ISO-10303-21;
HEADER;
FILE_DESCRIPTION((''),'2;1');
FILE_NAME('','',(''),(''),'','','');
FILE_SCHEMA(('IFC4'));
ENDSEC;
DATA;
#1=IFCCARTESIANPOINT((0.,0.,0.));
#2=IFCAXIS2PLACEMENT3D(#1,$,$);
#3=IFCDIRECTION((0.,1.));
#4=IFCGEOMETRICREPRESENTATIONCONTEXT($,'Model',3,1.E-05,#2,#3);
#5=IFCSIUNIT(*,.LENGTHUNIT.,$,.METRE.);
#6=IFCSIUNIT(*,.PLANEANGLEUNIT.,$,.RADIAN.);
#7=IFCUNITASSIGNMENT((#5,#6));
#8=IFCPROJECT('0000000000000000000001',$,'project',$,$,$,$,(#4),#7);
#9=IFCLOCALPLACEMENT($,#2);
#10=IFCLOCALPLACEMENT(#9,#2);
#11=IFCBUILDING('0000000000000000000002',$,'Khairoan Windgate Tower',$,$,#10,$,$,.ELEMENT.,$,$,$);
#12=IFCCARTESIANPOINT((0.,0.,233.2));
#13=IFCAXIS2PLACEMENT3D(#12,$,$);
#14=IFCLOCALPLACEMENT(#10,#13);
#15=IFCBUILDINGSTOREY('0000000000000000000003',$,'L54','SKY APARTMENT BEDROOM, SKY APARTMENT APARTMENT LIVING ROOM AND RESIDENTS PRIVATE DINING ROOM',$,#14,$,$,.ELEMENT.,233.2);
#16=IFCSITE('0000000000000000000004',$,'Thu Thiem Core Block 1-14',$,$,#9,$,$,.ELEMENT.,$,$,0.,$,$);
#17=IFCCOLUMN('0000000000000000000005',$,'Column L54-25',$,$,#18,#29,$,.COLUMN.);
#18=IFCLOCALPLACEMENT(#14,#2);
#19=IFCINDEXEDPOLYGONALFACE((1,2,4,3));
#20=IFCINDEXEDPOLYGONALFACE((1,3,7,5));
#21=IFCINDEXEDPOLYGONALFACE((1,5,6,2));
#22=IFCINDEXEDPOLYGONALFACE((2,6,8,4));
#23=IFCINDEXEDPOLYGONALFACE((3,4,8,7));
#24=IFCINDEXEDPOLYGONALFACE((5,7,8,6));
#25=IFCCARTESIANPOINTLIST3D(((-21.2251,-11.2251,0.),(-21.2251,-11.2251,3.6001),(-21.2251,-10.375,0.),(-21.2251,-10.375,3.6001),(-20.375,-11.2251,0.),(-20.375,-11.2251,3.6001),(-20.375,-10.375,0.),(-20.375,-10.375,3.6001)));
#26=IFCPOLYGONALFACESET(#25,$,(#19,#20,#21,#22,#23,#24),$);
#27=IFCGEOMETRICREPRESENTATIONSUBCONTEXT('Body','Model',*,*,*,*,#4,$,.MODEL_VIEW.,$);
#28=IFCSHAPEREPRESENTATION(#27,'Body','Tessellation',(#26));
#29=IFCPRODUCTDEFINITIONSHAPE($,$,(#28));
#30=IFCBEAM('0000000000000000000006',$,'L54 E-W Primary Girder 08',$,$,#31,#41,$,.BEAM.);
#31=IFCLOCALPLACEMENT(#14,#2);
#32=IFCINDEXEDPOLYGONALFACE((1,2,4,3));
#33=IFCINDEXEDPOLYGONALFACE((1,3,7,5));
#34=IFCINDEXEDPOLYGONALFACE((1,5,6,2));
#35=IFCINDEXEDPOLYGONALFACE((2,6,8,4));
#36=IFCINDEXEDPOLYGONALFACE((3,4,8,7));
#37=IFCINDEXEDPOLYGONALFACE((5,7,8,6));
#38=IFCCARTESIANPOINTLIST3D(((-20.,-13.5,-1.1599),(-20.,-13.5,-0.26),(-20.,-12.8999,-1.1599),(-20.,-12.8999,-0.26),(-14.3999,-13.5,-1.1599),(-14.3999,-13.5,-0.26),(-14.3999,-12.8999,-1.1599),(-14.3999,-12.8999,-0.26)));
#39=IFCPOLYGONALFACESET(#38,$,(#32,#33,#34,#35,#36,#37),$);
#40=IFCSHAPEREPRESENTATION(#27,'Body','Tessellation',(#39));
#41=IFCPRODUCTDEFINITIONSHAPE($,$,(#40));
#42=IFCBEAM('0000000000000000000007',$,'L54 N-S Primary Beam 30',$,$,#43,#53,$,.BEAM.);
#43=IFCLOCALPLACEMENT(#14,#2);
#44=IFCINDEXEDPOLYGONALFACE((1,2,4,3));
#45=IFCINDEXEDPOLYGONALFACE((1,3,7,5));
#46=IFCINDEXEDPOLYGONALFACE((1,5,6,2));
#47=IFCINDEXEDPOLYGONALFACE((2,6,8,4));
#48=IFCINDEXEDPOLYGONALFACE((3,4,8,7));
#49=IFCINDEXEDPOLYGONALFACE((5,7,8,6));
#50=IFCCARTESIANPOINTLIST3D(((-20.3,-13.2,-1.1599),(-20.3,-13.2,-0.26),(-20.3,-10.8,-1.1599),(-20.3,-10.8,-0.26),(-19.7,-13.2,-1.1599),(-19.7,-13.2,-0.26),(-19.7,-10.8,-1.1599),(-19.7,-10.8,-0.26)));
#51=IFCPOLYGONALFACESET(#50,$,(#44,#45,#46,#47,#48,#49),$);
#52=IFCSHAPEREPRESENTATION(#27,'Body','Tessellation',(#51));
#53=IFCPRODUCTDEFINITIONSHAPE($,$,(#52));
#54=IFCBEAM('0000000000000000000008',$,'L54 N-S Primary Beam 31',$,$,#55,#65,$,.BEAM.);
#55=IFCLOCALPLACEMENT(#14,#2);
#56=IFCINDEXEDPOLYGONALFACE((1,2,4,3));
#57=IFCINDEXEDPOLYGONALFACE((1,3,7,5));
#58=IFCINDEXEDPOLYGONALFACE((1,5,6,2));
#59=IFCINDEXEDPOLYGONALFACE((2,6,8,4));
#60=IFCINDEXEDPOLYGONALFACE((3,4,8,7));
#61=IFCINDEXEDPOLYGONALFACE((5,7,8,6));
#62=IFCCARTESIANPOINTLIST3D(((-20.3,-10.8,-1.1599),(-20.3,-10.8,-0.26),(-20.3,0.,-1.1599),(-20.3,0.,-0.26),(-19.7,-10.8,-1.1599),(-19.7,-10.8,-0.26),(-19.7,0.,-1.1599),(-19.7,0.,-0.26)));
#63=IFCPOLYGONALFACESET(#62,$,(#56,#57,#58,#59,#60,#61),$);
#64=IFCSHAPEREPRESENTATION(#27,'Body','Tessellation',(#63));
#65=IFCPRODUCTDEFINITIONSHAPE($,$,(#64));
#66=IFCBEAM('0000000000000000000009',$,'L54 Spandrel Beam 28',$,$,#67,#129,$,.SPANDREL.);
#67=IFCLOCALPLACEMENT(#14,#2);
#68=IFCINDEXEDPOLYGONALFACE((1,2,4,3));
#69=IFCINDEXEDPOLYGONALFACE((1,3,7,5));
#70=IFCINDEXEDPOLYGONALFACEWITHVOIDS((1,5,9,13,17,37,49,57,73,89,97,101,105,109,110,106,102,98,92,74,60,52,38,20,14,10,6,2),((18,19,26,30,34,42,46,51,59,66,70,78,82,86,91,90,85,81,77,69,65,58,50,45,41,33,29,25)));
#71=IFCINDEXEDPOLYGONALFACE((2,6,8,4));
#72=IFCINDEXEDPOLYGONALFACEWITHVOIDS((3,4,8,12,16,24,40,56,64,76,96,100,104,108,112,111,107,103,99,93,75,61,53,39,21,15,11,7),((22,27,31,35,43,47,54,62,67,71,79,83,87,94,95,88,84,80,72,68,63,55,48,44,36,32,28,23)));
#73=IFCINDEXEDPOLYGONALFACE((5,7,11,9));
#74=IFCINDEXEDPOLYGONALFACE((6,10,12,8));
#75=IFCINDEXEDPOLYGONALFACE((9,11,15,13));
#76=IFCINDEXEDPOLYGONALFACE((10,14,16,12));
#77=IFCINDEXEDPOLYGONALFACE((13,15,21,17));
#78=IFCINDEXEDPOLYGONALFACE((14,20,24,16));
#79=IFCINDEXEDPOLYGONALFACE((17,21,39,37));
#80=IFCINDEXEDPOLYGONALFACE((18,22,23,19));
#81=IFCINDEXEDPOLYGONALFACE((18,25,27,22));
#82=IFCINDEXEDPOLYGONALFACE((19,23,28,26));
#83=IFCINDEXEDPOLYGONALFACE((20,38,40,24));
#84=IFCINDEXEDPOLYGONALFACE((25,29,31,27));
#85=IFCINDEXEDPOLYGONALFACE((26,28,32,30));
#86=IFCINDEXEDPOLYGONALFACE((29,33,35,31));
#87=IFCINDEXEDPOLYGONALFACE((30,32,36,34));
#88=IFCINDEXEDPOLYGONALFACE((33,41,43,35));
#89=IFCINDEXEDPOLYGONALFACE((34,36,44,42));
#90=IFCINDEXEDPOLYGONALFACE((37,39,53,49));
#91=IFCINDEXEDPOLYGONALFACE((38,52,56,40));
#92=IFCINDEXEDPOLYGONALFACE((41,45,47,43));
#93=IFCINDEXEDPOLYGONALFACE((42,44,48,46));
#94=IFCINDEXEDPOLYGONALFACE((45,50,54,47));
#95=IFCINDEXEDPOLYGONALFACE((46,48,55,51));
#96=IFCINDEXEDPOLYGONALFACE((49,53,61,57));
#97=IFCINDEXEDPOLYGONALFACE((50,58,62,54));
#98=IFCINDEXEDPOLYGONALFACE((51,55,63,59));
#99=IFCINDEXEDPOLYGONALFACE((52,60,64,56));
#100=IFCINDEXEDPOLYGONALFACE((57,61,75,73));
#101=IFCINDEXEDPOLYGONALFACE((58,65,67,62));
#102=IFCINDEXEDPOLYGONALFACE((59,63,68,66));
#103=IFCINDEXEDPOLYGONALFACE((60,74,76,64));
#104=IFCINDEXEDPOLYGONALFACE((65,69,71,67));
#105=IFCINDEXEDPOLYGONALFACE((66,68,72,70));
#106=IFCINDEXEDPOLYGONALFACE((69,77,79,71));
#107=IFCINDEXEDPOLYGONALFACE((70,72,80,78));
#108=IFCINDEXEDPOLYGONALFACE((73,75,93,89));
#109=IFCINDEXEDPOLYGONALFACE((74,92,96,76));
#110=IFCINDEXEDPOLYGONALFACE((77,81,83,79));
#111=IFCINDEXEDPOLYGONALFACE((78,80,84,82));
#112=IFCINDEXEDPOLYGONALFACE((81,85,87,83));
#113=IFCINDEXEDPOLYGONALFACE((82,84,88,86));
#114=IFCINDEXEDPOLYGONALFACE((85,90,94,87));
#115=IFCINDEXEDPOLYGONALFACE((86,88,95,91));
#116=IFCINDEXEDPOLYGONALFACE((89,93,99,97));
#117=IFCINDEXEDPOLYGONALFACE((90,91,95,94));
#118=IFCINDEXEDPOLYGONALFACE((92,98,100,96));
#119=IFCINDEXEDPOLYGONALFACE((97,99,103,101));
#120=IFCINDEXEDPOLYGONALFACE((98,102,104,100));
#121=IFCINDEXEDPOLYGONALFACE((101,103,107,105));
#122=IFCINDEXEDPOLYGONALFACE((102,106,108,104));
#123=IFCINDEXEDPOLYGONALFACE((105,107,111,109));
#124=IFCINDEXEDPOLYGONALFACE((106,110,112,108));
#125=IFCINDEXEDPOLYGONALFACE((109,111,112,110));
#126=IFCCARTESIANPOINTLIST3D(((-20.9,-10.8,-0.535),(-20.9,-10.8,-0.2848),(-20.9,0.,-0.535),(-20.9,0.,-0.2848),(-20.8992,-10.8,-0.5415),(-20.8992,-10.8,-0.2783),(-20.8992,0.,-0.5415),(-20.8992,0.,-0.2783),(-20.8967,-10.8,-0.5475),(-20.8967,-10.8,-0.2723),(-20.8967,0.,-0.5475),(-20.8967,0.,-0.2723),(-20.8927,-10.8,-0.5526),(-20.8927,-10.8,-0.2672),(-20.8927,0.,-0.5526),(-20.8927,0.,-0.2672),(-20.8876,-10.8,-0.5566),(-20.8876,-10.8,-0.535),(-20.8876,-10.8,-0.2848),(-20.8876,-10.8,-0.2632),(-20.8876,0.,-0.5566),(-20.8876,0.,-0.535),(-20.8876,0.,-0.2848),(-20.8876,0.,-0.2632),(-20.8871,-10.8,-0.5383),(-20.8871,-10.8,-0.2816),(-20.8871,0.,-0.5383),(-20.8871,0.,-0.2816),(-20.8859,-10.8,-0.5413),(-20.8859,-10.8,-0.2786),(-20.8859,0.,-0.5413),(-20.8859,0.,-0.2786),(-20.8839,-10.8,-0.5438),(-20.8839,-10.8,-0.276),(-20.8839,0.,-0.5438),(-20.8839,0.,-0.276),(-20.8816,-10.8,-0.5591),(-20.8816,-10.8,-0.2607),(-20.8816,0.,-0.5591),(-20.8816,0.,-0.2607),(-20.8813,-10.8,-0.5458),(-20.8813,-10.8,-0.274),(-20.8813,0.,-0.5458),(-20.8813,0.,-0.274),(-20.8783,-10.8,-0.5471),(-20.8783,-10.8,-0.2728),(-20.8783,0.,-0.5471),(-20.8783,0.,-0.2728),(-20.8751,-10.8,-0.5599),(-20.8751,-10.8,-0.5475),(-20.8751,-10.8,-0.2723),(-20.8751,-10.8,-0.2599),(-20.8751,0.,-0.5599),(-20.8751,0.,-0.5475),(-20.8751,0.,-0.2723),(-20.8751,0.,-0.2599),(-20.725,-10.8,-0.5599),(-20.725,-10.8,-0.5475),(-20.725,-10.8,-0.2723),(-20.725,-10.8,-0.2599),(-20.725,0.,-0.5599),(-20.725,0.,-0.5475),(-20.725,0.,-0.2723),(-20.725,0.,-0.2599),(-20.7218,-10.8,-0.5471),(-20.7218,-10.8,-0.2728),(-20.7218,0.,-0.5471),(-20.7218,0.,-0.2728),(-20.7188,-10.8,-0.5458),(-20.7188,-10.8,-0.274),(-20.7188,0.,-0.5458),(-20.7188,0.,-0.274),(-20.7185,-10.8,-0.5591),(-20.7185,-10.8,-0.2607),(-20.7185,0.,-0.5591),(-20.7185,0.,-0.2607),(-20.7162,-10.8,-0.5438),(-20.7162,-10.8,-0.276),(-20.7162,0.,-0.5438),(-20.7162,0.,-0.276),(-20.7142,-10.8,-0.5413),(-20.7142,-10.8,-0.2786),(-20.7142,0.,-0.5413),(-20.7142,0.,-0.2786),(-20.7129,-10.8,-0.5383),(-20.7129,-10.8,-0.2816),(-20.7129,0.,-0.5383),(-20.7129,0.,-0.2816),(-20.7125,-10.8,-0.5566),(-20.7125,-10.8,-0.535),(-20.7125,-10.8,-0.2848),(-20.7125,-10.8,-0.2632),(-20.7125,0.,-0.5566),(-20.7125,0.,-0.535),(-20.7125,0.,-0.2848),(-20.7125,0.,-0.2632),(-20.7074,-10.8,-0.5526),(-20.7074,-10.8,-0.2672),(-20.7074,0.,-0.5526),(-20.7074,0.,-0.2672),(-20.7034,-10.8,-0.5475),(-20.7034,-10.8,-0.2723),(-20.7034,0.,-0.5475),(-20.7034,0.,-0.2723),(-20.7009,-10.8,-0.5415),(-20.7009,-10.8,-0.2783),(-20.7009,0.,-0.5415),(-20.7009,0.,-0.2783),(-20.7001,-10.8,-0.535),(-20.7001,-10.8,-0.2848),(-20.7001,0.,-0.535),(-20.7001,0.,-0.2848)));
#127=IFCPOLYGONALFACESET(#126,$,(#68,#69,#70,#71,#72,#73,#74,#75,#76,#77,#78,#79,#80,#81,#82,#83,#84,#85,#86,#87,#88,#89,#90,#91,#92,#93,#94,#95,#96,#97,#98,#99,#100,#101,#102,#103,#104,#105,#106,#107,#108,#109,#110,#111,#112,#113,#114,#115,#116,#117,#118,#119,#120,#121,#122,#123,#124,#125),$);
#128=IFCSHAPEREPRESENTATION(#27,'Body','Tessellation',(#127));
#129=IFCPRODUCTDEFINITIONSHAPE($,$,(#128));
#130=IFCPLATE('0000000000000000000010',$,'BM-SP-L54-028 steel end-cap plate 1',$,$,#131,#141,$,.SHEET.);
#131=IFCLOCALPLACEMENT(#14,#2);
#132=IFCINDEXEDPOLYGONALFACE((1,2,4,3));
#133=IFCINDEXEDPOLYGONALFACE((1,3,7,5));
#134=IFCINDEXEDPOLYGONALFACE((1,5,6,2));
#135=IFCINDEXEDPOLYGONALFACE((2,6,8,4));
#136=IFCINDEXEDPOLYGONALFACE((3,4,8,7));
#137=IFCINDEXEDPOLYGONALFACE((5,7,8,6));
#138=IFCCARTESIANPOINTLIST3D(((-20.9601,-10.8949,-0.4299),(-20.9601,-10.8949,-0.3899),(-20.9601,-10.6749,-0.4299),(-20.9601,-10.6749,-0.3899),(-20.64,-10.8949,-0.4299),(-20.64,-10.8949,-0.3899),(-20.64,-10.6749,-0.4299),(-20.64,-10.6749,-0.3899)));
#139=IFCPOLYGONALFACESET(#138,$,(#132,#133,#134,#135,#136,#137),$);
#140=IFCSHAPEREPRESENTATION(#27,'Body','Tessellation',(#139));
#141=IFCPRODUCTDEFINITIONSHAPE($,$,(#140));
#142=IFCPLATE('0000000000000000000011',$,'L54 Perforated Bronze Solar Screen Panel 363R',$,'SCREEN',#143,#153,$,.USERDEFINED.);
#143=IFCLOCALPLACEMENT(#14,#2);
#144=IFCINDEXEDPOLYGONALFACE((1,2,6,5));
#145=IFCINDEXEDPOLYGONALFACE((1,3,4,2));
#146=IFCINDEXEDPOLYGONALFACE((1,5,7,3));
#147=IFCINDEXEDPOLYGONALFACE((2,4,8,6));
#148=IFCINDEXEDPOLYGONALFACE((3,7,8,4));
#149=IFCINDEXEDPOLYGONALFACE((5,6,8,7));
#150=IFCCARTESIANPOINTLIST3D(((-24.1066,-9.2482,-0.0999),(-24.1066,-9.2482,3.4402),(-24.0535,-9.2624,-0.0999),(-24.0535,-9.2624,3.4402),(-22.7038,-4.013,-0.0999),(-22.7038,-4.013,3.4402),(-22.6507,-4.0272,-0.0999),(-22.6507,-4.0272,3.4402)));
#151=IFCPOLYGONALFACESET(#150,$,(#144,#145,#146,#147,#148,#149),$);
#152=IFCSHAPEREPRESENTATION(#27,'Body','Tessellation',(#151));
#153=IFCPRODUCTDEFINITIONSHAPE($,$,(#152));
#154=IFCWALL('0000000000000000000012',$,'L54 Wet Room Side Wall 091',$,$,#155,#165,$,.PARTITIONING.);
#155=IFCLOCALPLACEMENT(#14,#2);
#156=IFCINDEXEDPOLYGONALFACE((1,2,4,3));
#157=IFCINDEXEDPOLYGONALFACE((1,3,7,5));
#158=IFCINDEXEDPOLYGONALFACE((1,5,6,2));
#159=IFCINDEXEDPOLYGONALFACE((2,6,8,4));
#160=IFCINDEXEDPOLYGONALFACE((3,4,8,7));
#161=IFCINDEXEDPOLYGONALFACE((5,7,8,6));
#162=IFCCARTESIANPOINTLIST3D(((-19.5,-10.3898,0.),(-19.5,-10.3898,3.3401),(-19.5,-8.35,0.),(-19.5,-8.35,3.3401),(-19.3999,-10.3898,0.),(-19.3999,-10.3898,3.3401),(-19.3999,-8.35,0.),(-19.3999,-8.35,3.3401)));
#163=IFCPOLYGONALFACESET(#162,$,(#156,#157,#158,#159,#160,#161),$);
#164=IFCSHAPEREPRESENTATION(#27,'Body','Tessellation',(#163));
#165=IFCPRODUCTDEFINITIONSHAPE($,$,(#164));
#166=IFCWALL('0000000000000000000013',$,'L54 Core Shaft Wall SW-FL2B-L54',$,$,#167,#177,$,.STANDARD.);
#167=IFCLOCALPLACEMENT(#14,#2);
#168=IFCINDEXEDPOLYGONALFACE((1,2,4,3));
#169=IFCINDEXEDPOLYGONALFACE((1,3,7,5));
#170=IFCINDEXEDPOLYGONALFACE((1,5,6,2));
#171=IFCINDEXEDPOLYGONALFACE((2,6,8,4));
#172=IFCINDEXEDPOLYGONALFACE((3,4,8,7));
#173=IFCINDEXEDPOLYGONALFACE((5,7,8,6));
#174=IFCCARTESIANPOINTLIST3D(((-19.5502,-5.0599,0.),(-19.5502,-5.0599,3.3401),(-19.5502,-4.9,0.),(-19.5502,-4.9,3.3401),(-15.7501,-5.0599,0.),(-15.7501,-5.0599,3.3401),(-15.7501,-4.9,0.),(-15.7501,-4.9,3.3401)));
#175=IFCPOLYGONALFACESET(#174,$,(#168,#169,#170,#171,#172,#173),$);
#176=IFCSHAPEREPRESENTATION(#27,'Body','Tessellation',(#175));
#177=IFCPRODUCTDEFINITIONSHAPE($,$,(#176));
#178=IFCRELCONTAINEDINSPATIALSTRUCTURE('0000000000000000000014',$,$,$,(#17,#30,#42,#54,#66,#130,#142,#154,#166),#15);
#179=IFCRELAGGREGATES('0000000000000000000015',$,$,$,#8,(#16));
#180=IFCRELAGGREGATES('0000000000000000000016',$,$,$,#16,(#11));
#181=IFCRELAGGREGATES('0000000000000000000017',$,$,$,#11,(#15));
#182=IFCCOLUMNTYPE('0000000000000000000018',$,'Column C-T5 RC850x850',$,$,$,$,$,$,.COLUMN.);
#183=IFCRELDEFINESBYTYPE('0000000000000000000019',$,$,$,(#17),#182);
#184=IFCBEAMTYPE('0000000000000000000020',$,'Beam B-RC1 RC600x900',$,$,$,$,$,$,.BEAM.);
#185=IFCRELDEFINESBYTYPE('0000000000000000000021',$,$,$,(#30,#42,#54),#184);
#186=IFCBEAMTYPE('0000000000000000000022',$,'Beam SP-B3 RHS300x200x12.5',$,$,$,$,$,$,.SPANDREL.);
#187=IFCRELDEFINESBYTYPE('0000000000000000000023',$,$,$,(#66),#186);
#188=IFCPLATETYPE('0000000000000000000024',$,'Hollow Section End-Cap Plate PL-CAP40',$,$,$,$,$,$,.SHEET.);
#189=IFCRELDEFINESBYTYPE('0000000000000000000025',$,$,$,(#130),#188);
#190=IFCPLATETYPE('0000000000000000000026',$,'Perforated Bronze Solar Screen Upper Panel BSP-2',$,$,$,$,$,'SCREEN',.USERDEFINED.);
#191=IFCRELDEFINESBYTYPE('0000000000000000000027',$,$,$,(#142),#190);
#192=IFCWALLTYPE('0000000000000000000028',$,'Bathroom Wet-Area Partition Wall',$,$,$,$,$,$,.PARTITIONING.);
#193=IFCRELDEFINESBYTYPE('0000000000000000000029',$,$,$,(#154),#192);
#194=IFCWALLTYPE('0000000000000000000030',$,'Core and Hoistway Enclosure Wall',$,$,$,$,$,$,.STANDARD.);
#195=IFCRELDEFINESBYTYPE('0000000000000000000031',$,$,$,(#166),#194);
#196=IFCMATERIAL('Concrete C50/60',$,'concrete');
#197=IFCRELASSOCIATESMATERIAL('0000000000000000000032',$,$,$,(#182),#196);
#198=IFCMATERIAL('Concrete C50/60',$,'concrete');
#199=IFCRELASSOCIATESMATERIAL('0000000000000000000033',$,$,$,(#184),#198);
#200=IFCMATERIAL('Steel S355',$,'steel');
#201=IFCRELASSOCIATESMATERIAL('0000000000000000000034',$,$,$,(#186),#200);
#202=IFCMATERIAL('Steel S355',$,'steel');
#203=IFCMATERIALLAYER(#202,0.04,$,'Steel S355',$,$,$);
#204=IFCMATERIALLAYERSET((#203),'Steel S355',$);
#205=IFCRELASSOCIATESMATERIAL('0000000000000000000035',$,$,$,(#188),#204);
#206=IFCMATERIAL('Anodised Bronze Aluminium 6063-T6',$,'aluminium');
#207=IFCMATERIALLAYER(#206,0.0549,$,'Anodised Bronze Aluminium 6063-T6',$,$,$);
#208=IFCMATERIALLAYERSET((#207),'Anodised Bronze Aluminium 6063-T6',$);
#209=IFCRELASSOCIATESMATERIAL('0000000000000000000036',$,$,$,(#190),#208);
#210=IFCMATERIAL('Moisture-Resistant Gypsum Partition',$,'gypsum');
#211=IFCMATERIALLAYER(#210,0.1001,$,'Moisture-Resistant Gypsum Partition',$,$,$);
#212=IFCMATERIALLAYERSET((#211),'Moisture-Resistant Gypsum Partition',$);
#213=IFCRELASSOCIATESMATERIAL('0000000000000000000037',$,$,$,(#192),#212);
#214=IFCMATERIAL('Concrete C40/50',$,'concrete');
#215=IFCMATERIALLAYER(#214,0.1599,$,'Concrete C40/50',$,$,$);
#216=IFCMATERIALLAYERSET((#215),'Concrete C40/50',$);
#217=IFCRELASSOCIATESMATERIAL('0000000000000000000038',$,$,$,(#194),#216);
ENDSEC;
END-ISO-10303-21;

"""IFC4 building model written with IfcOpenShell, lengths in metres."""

from ifc_helpers import new_model, si_unit, direction, frame, frame_2d, origin, origin_2d, place, context, subcontext, project, spatial, rectangle, hollow_rectangle, extrude, material, layer, layer_set, material_profile, profile_set, type_object, element, save


model = new_model("IFC4")

# Units and contexts
model_context = context("Model", 3, precision=1e-05, world=origin(), true_north=direction((0.0, 1.0)))
body_context = subcontext(model_context, "Body", "Model", "MODEL_VIEW")
ifc_project = project(units=[si_unit("LENGTHUNIT", "METRE"), si_unit("PLANEANGLEUNIT", "RADIAN")], contexts=[model_context])

# Site, building, storey
site_placement = place(None, origin())
site = spatial("IfcSite", under=ifc_project, at=site_placement, Name="Thu Thiem Core Block 1-14", CompositionType="ELEMENT", RefElevation=0.0)
building_placement = place(site_placement, origin())
building = spatial("IfcBuilding", under=site, at=building_placement, Name="Khairoan Windgate Tower", CompositionType="ELEMENT")
storey_placement = place(building_placement, frame((0.0, 0.0, 233.2)))
storey = spatial("IfcBuildingStorey", under=building, at=storey_placement, Name="L54", Description="SKY APARTMENT BEDROOM, SKY APARTMENT APARTMENT LIVING ROOM AND RESIDENTS PRIVATE DINING ROOM", CompositionType="ELEMENT", Elevation=233.2)

# Column
ifc_material_1 = material(Name="Concrete C50/60", Category="concrete")
ifc_material_profile_1 = material_profile(ifc_material_1, rectangle(XDim=0.8501, YDim=0.8501, at=origin_2d()))
ifc_profile_set_1 = profile_set([ifc_material_profile_1], Name="Concrete C50/60")
column_type = type_object("IfcColumnType", Name="Column C-T5 RC850x850", PredefinedType="COLUMN", material=ifc_profile_set_1)
column_placement = place(storey_placement, frame((-20.8, -10.8, 0.0), z_axis=(0.0, 0.0, 1.0), x_axis=(1.0, 0.0, 0.0)))
element("IfcColumn", 1, at=column_placement, inside=storey, type_object=column_type, Name="Column L54-25", PredefinedType="COLUMN", context=body_context, shape_type="SweptSolid", body=[
    extrude(rectangle(XDim=0.8501, YDim=0.8501, at=origin_2d()), origin(), (0.0, 0.0, 1.0), 3.6001),
])

# Beams
ifc_material_2 = material(Name="Concrete C50/60", Category="concrete")
ifc_material_profile_2 = material_profile(ifc_material_2, rectangle(XDim=0.6001, YDim=0.8999, at=origin_2d()))
ifc_profile_set_2 = profile_set([ifc_material_profile_2], Name="Concrete C50/60")
beam_type_1 = type_object("IfcBeamType", Name="Beam B-RC1 RC600x900", PredefinedType="BEAM", material=ifc_profile_set_2)
beam_1_placement = place(storey_placement, frame((-20.0, -13.2, -0.71), z_axis=(1.0, 0.0, 0.0), x_axis=(0.0, 1.0, 0.0)))
element("IfcBeam", 2, at=beam_1_placement, inside=storey, type_object=beam_type_1, Name="L54 E-W Primary Girder 08", PredefinedType="BEAM", context=body_context, shape_type="SweptSolid", body=[
    extrude(rectangle(XDim=0.6001, YDim=0.8999, at=origin_2d()), origin(), (0.0, 0.0, 1.0), 5.6001),
])
beam_2_placement = place(storey_placement, frame((-20.0, -13.2, -0.71), z_axis=(0.0, 1.0, 0.0), x_axis=(-1.0, 0.0, 0.0)))
element("IfcBeam", 3, at=beam_2_placement, inside=storey, type_object=beam_type_1, Name="L54 N-S Primary Beam 30", PredefinedType="BEAM", context=body_context, shape_type="SweptSolid", body=[
    extrude(rectangle(XDim=0.6001, YDim=0.8999, at=origin_2d()), origin(), (0.0, 0.0, 1.0), 2.3999),
])
beam_3_placement = place(storey_placement, frame((-20.0, -10.8, -0.71), z_axis=(0.0, 1.0, 0.0), x_axis=(-1.0, 0.0, 0.0)))
element("IfcBeam", 4, at=beam_3_placement, inside=storey, type_object=beam_type_1, Name="L54 N-S Primary Beam 31", PredefinedType="BEAM", context=body_context, shape_type="SweptSolid", body=[
    extrude(rectangle(XDim=0.6001, YDim=0.8999, at=origin_2d()), origin(), (0.0, 0.0, 1.0), 10.8),
])
ifc_material_3 = material(Name="Steel S355", Category="steel")
ifc_material_profile_3 = material_profile(ifc_material_3, hollow_rectangle(XDim=0.2, YDim=0.3, WallThickness=0.0125, InnerFilletRadius=0.0125, OuterFilletRadius=0.0249, at=origin_2d()))
ifc_profile_set_3 = profile_set([ifc_material_profile_3], Name="Steel S355")
beam_type_2 = type_object("IfcBeamType", Name="Beam SP-B3 RHS300x200x12.5", PredefinedType="SPANDREL", material=ifc_profile_set_3)
beam_4_placement = place(storey_placement, frame((-20.8, -10.8, -0.4099), z_axis=(0.0, 1.0, 0.0), x_axis=(-1.0, 0.0, 0.0)))
element("IfcBeam", 5, at=beam_4_placement, inside=storey, type_object=beam_type_2, Name="L54 Spandrel Beam 28", PredefinedType="SPANDREL", context=body_context, shape_type="SweptSolid", body=[
    extrude(hollow_rectangle(XDim=0.2, YDim=0.3, WallThickness=0.0125, InnerFilletRadius=0.0125, OuterFilletRadius=0.0249, at=origin_2d()), origin(), (0.0, 0.0, 1.0), 10.8),
])

# Plates
ifc_material_4 = material(Name="Steel S355", Category="steel")
ifc_layer_1 = layer(ifc_material_4, 0.04, Name="Steel S355")
ifc_layer_set_1 = layer_set([ifc_layer_1], Name="Steel S355")
plate_type_1 = type_object("IfcPlateType", Name="Hollow Section End-Cap Plate PL-CAP40", PredefinedType="SHEET", material=ifc_layer_set_1)
plate_1_placement = place(storey_placement, frame((-20.8, -10.7849, -0.4299), z_axis=(0.0, 0.0, 1.0), x_axis=(0.0, 1.0, 0.0)))
element("IfcPlate", 6, at=plate_1_placement, inside=storey, type_object=plate_type_1, Name="BM-SP-L54-028 steel end-cap plate 1", PredefinedType="SHEET", context=body_context, shape_type="SweptSolid", body=[
    extrude(rectangle(XDim=0.22, YDim=0.3201, at=origin_2d()), origin(), (0.0, 0.0, 1.0), 0.04),
])
ifc_material_5 = material(Name="Anodised Bronze Aluminium 6063-T6", Category="aluminium")
ifc_layer_2 = layer(ifc_material_5, 0.0549, Name="Anodised Bronze Aluminium 6063-T6")
ifc_layer_set_2 = layer_set([ifc_layer_2], Name="Anodised Bronze Aluminium 6063-T6")
plate_type_2 = type_object("IfcPlateType", Name="Perforated Bronze Solar Screen Upper Panel BSP-2", ElementType="SCREEN", PredefinedType="USERDEFINED", material=ifc_layer_set_2)
plate_2_placement = place(storey_placement, frame((-23.3787, -6.6377, -0.0999), z_axis=(0.0, 0.0, 1.0), x_axis=(0.258819, 0.965926, 0.0)))
element("IfcPlate", 7, at=plate_2_placement, inside=storey, type_object=plate_type_2, Name="L54 Perforated Bronze Solar Screen Panel 363R", ObjectType="SCREEN", PredefinedType="USERDEFINED", context=body_context, shape_type="SweptSolid", body=[
    extrude(rectangle(XDim=5.4199, YDim=0.0549, at=origin_2d()), origin(), (0.0, 0.0, 1.0), 3.54),
])

# Walls
ifc_material_6 = material(Name="Moisture-Resistant Gypsum Partition", Category="gypsum")
ifc_layer_3 = layer(ifc_material_6, 0.1001, Name="Moisture-Resistant Gypsum Partition")
ifc_layer_set_3 = layer_set([ifc_layer_3], Name="Moisture-Resistant Gypsum Partition")
wall_type_1 = type_object("IfcWallType", Name="Bathroom Wet-Area Partition Wall", PredefinedType="PARTITIONING", material=ifc_layer_set_3)
wall_1_placement = place(storey_placement, frame((-19.45, -10.3899, 0.0), z_axis=(0.0, 0.0, 1.0), x_axis=(0.0, 1.0, 0.0)))
element("IfcWall", 8, at=wall_1_placement, inside=storey, type_object=wall_type_1, Name="L54 Wet Room Side Wall 091", PredefinedType="PARTITIONING", context=body_context, shape_type="SweptSolid", body=[
    extrude(rectangle(XDim=2.0398, YDim=0.1001, at=frame_2d((1.02, 0.0))), origin(), (0.0, 0.0, 1.0), 3.3401),
])
ifc_material_7 = material(Name="Concrete C40/50", Category="concrete")
ifc_layer_4 = layer(ifc_material_7, 0.1599, Name="Concrete C40/50")
ifc_layer_set_4 = layer_set([ifc_layer_4], Name="Concrete C40/50")
wall_type_2 = type_object("IfcWallType", Name="Core and Hoistway Enclosure Wall", PredefinedType="STANDARD", material=ifc_layer_set_4)
wall_2_placement = place(storey_placement, frame((-19.55, -4.98, 0.0), z_axis=(0.0, 0.0, 1.0), x_axis=(1.0, 0.0, 0.0)))
element("IfcWall", 9, at=wall_2_placement, inside=storey, type_object=wall_type_2, Name="L54 Core Shaft Wall SW-FL2B-L54", PredefinedType="STANDARD", context=body_context, shape_type="SweptSolid", body=[
    extrude(rectangle(XDim=3.8, YDim=0.1599, at=frame_2d((1.8999, 0.0))), origin(), (0.0, 0.0, 1.0), 3.3401),
])

save(model, "model.ifc")
